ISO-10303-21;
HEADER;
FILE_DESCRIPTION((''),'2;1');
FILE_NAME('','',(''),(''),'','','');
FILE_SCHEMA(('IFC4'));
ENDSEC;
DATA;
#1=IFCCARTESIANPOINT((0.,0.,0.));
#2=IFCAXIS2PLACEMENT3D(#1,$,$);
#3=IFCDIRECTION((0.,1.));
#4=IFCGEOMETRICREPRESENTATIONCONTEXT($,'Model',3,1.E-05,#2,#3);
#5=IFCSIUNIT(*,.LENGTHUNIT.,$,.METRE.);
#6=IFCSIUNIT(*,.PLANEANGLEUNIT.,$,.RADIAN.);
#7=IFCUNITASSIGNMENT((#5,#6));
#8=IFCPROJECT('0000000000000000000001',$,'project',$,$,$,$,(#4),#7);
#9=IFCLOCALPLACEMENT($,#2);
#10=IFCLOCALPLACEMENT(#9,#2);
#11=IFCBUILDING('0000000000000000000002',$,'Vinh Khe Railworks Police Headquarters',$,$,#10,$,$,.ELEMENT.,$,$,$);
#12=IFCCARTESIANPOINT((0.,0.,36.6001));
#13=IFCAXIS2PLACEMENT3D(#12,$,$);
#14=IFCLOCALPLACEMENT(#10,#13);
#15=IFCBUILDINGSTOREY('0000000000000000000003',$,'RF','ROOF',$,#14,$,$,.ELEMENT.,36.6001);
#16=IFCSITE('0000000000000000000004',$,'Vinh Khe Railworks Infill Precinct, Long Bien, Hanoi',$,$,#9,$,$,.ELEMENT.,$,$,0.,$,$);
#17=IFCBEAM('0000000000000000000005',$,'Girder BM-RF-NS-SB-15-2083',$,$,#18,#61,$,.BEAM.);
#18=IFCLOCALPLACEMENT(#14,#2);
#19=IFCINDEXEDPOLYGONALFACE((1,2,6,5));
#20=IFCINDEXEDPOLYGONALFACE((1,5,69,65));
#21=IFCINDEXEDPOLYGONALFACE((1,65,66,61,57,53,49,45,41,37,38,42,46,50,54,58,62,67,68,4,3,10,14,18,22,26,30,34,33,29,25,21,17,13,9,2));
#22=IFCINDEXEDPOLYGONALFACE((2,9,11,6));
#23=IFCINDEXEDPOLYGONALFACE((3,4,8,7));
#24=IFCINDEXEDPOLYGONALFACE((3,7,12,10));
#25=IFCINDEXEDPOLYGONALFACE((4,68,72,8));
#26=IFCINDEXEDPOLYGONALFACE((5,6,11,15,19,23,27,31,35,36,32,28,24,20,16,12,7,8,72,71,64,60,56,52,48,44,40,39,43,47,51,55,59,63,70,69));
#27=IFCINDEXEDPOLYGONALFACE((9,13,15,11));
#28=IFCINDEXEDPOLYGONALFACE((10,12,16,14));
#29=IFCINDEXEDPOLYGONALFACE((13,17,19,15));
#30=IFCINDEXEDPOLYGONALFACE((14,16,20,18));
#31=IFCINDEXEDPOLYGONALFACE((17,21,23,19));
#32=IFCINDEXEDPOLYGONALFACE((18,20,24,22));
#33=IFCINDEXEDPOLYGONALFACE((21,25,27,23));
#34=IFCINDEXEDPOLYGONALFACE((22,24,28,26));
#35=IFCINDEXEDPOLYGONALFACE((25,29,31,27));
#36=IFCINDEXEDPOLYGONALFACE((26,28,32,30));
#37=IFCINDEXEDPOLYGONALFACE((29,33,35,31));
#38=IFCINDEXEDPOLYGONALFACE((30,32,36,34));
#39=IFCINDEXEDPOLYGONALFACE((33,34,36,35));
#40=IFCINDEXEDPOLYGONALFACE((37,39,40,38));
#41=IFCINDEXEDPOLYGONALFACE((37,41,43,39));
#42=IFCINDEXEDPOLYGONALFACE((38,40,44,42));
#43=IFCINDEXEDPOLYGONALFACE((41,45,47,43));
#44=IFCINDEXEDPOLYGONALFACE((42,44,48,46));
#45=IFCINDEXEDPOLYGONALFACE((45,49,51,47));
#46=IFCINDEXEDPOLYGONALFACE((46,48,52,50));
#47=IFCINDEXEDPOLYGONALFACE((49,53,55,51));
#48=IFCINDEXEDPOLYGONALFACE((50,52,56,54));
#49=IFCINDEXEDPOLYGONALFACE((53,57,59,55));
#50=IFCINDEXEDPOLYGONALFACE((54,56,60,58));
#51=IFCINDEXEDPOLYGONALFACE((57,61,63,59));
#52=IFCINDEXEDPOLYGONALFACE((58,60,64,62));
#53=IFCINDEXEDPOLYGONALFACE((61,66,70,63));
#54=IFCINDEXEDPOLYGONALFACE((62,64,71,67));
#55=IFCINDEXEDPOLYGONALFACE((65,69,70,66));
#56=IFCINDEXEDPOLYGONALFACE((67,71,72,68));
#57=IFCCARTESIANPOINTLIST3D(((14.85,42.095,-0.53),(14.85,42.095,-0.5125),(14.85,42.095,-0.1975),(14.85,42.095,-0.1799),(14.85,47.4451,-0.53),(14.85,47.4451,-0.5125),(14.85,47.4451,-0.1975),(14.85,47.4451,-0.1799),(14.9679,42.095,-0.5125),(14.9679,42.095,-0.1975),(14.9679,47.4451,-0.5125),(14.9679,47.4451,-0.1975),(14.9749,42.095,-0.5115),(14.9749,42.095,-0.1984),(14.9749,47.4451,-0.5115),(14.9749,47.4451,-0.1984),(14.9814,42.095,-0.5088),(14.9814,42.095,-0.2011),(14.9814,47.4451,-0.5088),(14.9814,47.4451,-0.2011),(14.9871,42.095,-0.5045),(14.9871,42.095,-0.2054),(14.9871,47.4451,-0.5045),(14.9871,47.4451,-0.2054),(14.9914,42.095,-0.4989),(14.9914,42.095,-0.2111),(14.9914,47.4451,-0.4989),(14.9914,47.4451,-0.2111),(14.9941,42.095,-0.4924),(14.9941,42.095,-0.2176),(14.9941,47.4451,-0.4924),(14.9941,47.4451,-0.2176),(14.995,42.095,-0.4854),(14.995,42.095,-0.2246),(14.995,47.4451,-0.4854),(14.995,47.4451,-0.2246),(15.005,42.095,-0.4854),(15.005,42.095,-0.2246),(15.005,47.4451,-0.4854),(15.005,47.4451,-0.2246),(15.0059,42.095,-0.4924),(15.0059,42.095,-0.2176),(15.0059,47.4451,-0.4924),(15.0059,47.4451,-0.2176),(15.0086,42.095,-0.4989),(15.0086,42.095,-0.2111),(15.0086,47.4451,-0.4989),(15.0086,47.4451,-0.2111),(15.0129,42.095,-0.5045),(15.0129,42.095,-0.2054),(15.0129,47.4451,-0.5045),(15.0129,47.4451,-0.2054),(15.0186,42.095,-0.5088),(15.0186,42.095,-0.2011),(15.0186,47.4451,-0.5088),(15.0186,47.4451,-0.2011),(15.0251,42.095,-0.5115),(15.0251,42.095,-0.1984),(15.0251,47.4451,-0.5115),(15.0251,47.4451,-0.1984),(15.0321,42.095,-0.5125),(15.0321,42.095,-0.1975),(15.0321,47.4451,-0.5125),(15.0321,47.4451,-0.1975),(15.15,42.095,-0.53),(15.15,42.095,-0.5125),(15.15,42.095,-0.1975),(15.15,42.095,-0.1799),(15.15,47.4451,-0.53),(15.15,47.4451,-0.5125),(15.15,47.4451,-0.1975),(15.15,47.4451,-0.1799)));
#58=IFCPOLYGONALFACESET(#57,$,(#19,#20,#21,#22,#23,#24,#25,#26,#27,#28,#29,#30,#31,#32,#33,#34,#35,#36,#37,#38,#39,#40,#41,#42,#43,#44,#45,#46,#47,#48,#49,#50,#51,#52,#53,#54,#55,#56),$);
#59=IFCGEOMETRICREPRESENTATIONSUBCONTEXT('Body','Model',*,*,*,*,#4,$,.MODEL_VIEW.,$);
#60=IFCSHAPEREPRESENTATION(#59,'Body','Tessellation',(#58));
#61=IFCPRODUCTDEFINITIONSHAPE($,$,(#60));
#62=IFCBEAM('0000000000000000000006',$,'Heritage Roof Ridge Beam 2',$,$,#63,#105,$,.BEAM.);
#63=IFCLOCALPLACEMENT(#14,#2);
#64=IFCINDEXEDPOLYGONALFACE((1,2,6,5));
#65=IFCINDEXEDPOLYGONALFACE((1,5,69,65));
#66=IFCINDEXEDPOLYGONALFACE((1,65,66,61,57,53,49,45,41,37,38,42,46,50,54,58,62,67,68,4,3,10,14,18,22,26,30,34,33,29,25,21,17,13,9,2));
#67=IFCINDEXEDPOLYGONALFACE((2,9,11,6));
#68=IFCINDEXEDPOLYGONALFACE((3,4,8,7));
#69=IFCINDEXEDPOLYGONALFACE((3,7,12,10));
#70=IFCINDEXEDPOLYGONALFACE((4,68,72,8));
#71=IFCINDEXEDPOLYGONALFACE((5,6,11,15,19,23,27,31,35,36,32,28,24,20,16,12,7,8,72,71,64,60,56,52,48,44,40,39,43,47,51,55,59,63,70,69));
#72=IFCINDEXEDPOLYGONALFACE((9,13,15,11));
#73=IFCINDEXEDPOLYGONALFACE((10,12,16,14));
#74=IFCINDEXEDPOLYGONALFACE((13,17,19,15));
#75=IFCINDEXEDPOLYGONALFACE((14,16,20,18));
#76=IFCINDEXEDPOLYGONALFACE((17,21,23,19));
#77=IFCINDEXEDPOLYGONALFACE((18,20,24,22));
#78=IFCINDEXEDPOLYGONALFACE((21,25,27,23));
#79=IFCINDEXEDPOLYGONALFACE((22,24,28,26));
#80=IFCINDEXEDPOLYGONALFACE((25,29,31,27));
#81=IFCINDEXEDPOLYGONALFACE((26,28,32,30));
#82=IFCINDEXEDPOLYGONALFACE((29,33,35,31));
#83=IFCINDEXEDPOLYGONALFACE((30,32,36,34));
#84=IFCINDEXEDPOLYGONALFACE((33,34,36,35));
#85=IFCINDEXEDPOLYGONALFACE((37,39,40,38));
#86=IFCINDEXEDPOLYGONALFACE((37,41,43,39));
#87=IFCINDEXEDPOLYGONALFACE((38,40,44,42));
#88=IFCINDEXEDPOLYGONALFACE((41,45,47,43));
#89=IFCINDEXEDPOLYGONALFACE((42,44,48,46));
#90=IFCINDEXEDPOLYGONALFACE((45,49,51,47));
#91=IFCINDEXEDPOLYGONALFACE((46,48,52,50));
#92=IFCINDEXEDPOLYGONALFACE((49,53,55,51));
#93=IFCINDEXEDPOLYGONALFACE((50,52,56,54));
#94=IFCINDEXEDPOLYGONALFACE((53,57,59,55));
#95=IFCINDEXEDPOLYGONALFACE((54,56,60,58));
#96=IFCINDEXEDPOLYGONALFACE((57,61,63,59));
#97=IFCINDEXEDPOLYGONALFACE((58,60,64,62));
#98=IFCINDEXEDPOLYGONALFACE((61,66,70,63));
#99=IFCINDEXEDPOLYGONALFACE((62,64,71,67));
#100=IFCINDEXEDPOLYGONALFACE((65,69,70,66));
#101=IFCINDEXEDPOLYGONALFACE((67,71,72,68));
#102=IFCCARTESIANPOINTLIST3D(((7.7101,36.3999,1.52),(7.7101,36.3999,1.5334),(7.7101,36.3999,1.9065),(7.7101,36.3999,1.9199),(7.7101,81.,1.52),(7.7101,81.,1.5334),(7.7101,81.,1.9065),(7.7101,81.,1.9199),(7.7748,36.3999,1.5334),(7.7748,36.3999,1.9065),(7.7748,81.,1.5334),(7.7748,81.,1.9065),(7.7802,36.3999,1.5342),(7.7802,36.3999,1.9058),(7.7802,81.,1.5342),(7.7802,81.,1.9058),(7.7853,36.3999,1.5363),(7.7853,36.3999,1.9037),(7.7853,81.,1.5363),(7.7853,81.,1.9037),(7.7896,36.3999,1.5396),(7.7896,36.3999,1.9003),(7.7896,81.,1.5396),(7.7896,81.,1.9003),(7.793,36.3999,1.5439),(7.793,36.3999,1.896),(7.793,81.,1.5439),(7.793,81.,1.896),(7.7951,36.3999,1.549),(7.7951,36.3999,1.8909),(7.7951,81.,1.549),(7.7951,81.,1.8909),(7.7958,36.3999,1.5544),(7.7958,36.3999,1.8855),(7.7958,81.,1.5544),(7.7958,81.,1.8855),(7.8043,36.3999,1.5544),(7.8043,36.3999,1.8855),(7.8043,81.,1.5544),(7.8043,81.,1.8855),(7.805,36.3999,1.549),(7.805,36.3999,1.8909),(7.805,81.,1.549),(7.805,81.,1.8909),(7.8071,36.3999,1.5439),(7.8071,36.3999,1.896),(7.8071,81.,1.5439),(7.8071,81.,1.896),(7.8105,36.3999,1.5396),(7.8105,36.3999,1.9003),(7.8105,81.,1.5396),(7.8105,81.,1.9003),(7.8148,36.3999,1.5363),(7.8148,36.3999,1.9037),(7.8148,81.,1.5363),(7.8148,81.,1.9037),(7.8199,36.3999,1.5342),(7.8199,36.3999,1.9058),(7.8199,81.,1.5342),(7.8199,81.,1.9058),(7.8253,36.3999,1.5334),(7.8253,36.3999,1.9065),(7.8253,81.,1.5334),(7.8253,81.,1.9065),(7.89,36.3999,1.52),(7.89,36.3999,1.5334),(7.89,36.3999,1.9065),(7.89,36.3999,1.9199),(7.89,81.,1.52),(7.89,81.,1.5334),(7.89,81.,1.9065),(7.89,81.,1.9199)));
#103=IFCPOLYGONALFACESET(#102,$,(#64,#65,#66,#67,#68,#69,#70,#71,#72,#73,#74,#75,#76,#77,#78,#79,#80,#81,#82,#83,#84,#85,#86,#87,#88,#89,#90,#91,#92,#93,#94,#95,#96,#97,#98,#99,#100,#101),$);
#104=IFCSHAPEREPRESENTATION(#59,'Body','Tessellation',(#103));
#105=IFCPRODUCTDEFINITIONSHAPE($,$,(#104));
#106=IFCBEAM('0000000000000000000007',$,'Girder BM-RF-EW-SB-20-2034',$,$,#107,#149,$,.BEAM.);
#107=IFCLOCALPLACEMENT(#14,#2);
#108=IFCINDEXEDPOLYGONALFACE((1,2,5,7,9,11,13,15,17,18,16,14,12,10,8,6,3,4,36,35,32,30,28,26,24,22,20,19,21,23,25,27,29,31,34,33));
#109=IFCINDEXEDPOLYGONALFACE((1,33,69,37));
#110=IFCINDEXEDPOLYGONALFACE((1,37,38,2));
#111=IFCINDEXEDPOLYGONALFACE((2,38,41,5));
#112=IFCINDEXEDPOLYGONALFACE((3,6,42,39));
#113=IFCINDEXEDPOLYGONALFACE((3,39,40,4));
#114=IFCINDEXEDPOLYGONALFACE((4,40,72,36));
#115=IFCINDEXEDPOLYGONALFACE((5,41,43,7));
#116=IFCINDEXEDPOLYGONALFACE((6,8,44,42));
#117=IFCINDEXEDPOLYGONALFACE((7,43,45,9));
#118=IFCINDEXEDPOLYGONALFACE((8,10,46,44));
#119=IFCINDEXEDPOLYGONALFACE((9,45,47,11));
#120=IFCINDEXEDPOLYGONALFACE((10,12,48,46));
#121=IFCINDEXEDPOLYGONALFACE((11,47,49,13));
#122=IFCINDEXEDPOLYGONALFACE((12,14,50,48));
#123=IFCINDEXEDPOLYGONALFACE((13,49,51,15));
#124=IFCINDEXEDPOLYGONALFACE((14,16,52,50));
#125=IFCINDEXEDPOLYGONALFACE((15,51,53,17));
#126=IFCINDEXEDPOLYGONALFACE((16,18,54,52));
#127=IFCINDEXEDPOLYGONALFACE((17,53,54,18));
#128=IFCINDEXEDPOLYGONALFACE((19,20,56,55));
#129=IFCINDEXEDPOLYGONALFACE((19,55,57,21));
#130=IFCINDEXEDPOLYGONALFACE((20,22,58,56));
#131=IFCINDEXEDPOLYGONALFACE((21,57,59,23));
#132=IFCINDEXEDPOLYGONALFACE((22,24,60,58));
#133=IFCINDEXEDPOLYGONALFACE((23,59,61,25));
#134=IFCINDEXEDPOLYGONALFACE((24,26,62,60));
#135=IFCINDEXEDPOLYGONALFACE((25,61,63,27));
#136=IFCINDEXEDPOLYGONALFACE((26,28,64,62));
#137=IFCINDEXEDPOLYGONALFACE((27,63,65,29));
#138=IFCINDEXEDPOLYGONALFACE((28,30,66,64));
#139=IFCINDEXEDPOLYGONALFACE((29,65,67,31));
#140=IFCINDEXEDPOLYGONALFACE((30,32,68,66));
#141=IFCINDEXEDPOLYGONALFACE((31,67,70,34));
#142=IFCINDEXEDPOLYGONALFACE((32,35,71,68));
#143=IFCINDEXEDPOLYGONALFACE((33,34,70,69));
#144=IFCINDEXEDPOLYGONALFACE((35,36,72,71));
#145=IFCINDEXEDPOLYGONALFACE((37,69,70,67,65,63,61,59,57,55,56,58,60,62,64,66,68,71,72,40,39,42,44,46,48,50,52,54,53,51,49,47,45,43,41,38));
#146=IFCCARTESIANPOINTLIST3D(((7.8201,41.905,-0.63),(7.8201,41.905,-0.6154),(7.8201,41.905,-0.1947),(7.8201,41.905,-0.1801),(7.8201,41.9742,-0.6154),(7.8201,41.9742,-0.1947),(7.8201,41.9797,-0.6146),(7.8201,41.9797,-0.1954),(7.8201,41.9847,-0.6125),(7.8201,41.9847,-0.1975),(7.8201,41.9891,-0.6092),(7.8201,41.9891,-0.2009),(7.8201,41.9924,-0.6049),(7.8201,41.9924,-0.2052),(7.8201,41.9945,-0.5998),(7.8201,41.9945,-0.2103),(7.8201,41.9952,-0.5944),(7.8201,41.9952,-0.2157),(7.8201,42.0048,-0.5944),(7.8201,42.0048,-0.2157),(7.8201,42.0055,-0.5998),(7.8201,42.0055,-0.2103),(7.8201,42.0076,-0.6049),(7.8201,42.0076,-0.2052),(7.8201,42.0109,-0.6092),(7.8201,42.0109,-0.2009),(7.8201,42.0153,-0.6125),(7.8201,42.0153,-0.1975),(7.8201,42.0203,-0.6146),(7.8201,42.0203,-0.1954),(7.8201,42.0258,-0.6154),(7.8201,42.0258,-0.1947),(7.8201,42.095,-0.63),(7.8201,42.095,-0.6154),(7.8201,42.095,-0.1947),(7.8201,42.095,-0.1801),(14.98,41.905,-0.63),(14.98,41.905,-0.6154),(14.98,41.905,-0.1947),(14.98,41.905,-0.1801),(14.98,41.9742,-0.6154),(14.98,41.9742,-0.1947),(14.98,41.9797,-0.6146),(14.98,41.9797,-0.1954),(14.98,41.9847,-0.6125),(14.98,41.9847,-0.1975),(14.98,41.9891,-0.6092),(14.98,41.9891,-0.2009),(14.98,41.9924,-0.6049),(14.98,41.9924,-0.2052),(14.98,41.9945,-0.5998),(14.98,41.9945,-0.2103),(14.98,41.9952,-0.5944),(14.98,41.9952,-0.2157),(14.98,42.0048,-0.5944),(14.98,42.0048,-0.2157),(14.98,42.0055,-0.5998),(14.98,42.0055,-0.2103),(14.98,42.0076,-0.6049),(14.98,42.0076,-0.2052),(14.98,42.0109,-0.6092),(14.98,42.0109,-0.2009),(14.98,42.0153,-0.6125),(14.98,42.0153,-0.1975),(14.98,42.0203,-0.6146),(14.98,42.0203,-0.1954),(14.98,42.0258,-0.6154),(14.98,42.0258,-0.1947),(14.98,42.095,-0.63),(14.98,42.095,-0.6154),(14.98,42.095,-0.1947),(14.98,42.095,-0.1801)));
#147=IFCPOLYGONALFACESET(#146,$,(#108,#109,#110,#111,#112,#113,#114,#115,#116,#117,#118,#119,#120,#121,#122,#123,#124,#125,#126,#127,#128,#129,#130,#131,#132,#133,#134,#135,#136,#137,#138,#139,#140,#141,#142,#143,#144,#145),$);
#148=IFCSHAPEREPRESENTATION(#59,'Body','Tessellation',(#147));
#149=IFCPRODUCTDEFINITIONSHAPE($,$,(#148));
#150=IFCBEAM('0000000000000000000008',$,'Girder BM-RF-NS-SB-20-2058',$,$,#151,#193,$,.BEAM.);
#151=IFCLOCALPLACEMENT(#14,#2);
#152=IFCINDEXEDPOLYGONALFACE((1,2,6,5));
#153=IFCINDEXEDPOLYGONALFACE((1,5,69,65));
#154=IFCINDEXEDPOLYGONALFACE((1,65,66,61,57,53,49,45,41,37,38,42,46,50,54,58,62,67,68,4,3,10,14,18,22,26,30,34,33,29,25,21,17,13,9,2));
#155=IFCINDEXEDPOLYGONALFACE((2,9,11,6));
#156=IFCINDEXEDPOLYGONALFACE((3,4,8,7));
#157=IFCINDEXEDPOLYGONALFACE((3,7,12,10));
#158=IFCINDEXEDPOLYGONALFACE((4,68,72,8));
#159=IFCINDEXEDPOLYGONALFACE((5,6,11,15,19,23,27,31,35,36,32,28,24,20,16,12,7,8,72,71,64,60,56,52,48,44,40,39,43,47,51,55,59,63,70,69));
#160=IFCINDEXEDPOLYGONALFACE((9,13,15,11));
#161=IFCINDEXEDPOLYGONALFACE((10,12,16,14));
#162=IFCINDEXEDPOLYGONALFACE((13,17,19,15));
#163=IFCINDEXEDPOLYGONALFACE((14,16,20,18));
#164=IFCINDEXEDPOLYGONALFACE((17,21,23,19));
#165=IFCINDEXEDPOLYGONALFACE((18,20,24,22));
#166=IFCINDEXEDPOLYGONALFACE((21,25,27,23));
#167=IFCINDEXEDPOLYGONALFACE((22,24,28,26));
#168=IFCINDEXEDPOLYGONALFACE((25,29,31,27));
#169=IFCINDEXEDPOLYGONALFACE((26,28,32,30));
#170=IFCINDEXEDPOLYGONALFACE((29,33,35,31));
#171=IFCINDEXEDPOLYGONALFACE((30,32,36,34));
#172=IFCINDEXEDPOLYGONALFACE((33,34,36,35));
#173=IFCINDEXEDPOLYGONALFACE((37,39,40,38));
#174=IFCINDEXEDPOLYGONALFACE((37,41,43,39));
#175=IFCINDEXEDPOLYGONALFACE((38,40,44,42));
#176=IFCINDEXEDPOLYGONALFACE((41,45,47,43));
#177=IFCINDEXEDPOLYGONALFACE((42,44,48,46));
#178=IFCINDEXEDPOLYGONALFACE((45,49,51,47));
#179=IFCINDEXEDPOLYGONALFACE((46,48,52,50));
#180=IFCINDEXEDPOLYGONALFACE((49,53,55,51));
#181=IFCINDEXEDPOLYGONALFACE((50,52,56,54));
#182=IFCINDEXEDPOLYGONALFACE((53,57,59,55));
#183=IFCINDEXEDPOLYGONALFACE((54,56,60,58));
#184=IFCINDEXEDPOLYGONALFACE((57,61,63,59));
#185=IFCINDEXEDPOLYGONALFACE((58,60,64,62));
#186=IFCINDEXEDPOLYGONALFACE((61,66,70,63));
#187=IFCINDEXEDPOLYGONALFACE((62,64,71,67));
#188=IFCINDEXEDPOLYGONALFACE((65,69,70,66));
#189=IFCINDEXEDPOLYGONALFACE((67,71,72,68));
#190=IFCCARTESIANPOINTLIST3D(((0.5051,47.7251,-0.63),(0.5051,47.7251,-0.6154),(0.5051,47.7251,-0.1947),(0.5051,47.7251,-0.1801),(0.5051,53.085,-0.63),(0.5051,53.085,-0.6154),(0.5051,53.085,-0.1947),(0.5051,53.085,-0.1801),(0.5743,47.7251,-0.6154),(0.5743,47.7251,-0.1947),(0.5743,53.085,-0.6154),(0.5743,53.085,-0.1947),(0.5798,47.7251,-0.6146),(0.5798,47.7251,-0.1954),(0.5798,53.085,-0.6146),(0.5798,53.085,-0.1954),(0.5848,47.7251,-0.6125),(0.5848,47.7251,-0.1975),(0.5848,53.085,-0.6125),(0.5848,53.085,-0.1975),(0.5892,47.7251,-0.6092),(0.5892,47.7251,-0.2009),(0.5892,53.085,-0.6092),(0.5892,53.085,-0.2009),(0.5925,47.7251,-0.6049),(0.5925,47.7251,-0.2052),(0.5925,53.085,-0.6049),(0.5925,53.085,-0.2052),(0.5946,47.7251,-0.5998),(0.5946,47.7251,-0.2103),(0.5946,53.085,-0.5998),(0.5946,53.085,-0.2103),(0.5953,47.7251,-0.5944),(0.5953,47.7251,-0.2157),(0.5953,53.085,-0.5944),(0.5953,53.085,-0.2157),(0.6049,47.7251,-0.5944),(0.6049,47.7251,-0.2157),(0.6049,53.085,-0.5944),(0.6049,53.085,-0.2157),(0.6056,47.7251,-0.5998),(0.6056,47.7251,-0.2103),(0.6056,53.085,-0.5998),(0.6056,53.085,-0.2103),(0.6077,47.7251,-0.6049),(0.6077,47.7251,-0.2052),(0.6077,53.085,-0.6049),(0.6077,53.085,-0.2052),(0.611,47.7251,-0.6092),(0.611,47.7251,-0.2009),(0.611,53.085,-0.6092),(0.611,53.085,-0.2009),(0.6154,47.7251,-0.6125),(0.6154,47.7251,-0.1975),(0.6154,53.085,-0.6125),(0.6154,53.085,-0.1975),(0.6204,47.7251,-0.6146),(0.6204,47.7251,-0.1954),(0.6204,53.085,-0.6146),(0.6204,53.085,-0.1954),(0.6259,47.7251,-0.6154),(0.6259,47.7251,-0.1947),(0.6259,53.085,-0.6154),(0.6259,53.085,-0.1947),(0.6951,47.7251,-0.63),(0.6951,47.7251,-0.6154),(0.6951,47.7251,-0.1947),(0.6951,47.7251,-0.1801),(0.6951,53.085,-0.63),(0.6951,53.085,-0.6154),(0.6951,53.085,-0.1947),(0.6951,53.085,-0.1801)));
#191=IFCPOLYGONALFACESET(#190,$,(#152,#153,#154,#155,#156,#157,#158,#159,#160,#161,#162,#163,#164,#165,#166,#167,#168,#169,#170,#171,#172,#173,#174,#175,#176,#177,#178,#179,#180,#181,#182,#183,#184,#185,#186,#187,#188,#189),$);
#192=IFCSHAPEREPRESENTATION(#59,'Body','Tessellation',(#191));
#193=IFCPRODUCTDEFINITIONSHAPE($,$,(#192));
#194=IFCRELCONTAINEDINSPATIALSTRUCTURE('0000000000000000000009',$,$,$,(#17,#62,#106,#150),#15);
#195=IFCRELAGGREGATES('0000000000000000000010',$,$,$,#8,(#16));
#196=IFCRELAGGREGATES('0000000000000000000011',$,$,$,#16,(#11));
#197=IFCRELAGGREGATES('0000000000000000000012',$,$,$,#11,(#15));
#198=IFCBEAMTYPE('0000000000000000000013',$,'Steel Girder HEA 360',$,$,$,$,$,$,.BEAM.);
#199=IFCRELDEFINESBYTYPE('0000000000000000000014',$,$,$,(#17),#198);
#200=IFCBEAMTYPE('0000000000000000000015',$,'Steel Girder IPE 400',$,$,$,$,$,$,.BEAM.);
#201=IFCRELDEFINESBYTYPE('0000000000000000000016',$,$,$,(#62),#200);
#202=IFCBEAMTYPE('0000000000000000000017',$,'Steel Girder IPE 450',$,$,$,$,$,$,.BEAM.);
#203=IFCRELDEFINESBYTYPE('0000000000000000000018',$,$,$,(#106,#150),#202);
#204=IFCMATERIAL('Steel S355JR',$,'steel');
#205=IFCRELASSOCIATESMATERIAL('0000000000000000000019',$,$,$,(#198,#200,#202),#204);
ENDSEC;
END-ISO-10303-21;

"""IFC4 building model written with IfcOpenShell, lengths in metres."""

from ifc_helpers import new_model, si_unit, direction, frame, origin, origin_2d, place, context, subcontext, project, spatial, i_section, extrude, material, material_profile, profile_set, type_object, element, save


model = new_model("IFC4")

# Units and contexts
model_context = context("Model", 3, precision=1e-05, world=origin(), true_north=direction((0.0, 1.0)))
body_context = subcontext(model_context, "Body", "Model", "MODEL_VIEW")
ifc_project = project(units=[si_unit("LENGTHUNIT", "METRE"), si_unit("PLANEANGLEUNIT", "RADIAN")], contexts=[model_context])

# Site, building, storey
site_placement = place(None, origin())
site = spatial("IfcSite", under=ifc_project, at=site_placement, Name="Vinh Khe Railworks Infill Precinct, Long Bien, Hanoi", CompositionType="ELEMENT", RefElevation=0.0)
building_placement = place(site_placement, origin())
building = spatial("IfcBuilding", under=site, at=building_placement, Name="Vinh Khe Railworks Police Headquarters", CompositionType="ELEMENT")
storey_placement = place(building_placement, frame((0.0, 0.0, 36.6001)))
storey = spatial("IfcBuildingStorey", under=building, at=storey_placement, Name="RF", Description="ROOF", CompositionType="ELEMENT", Elevation=36.6001)

# Shared definitions
ifc_material_1 = material(Name="Steel S355JR", Category="steel")

# Beams
ifc_material_profile_1 = material_profile(ifc_material_1, i_section(OverallWidth=0.3, OverallDepth=0.3501, WebThickness=0.01, FlangeThickness=0.0176, FilletRadius=0.0271, at=origin_2d()), Name="HEA 360")
ifc_profile_set_1 = profile_set([ifc_material_profile_1], Name="Steel S355JR")
beam_type_1 = type_object("IfcBeamType", Name="Steel Girder HEA 360", PredefinedType="BEAM", material=ifc_profile_set_1)
beam_1_placement = place(storey_placement, frame((15.0, 42.095, -0.355), z_axis=(0.0, 1.0, 0.0), x_axis=(-1.0, 0.0, 0.0)))
element("IfcBeam", 1, at=beam_1_placement, inside=storey, type_object=beam_type_1, Name="Girder BM-RF-NS-SB-15-2083", PredefinedType="BEAM", context=body_context, shape_type="SweptSolid", body=[
    extrude(i_section(OverallWidth=0.3, OverallDepth=0.3501, WebThickness=0.01, FlangeThickness=0.0176, FilletRadius=0.0271, at=origin_2d()), origin(), (0.0, 0.0, 1.0), 5.3501),
])
ifc_material_profile_2 = material_profile(ifc_material_1, i_section(OverallWidth=0.1799, OverallDepth=0.3999, WebThickness=0.0085, FlangeThickness=0.0134, FilletRadius=0.021, at=origin_2d()), Name="IPE 400")
ifc_profile_set_2 = profile_set([ifc_material_profile_2], Name="Steel S355JR")
beam_type_2 = type_object("IfcBeamType", Name="Steel Girder IPE 400", PredefinedType="BEAM", material=ifc_profile_set_2)
beam_2_placement = place(storey_placement, frame((7.8, 36.3999, 1.72), z_axis=(0.0, 1.0, 0.0), x_axis=(-1.0, 0.0, 0.0)))
element("IfcBeam", 2, at=beam_2_placement, inside=storey, type_object=beam_type_2, Name="Heritage Roof Ridge Beam 2", PredefinedType="BEAM", context=body_context, shape_type="SweptSolid", body=[
    extrude(i_section(OverallWidth=0.1799, OverallDepth=0.3999, WebThickness=0.0085, FlangeThickness=0.0134, FilletRadius=0.021, at=origin_2d()), origin(), (0.0, 0.0, 1.0), 44.6001),
])
ifc_material_profile_3 = material_profile(ifc_material_1, i_section(OverallWidth=0.1899, OverallDepth=0.45, WebThickness=0.0095, FlangeThickness=0.0146, FilletRadius=0.021, at=origin_2d()), Name="IPE 450")
ifc_profile_set_3 = profile_set([ifc_material_profile_3], Name="Steel S355JR")
beam_type_3 = type_object("IfcBeamType", Name="Steel Girder IPE 450", PredefinedType="BEAM", material=ifc_profile_set_3)
beam_3_placement = place(storey_placement, frame((7.8201, 42.0, -0.405), z_axis=(1.0, 0.0, 0.0), x_axis=(0.0, 1.0, 0.0)))
element("IfcBeam", 3, at=beam_3_placement, inside=storey, type_object=beam_type_3, Name="Girder BM-RF-EW-SB-20-2034", PredefinedType="BEAM", context=body_context, shape_type="SweptSolid", body=[
    extrude(i_section(OverallWidth=0.1899, OverallDepth=0.45, WebThickness=0.0095, FlangeThickness=0.0146, FilletRadius=0.021, at=origin_2d()), origin(), (0.0, 0.0, 1.0), 7.1599),
])
beam_4_placement = place(storey_placement, frame((0.6001, 47.7251, -0.405), z_axis=(0.0, 1.0, 0.0), x_axis=(-1.0, 0.0, 0.0)))
element("IfcBeam", 4, at=beam_4_placement, inside=storey, type_object=beam_type_3, Name="Girder BM-RF-NS-SB-20-2058", PredefinedType="BEAM", context=body_context, shape_type="SweptSolid", body=[
    extrude(i_section(OverallWidth=0.1899, OverallDepth=0.45, WebThickness=0.0095, FlangeThickness=0.0146, FilletRadius=0.021, at=origin_2d()), origin(), (0.0, 0.0, 1.0), 5.3599),
])

save(model, "model.ifc")
